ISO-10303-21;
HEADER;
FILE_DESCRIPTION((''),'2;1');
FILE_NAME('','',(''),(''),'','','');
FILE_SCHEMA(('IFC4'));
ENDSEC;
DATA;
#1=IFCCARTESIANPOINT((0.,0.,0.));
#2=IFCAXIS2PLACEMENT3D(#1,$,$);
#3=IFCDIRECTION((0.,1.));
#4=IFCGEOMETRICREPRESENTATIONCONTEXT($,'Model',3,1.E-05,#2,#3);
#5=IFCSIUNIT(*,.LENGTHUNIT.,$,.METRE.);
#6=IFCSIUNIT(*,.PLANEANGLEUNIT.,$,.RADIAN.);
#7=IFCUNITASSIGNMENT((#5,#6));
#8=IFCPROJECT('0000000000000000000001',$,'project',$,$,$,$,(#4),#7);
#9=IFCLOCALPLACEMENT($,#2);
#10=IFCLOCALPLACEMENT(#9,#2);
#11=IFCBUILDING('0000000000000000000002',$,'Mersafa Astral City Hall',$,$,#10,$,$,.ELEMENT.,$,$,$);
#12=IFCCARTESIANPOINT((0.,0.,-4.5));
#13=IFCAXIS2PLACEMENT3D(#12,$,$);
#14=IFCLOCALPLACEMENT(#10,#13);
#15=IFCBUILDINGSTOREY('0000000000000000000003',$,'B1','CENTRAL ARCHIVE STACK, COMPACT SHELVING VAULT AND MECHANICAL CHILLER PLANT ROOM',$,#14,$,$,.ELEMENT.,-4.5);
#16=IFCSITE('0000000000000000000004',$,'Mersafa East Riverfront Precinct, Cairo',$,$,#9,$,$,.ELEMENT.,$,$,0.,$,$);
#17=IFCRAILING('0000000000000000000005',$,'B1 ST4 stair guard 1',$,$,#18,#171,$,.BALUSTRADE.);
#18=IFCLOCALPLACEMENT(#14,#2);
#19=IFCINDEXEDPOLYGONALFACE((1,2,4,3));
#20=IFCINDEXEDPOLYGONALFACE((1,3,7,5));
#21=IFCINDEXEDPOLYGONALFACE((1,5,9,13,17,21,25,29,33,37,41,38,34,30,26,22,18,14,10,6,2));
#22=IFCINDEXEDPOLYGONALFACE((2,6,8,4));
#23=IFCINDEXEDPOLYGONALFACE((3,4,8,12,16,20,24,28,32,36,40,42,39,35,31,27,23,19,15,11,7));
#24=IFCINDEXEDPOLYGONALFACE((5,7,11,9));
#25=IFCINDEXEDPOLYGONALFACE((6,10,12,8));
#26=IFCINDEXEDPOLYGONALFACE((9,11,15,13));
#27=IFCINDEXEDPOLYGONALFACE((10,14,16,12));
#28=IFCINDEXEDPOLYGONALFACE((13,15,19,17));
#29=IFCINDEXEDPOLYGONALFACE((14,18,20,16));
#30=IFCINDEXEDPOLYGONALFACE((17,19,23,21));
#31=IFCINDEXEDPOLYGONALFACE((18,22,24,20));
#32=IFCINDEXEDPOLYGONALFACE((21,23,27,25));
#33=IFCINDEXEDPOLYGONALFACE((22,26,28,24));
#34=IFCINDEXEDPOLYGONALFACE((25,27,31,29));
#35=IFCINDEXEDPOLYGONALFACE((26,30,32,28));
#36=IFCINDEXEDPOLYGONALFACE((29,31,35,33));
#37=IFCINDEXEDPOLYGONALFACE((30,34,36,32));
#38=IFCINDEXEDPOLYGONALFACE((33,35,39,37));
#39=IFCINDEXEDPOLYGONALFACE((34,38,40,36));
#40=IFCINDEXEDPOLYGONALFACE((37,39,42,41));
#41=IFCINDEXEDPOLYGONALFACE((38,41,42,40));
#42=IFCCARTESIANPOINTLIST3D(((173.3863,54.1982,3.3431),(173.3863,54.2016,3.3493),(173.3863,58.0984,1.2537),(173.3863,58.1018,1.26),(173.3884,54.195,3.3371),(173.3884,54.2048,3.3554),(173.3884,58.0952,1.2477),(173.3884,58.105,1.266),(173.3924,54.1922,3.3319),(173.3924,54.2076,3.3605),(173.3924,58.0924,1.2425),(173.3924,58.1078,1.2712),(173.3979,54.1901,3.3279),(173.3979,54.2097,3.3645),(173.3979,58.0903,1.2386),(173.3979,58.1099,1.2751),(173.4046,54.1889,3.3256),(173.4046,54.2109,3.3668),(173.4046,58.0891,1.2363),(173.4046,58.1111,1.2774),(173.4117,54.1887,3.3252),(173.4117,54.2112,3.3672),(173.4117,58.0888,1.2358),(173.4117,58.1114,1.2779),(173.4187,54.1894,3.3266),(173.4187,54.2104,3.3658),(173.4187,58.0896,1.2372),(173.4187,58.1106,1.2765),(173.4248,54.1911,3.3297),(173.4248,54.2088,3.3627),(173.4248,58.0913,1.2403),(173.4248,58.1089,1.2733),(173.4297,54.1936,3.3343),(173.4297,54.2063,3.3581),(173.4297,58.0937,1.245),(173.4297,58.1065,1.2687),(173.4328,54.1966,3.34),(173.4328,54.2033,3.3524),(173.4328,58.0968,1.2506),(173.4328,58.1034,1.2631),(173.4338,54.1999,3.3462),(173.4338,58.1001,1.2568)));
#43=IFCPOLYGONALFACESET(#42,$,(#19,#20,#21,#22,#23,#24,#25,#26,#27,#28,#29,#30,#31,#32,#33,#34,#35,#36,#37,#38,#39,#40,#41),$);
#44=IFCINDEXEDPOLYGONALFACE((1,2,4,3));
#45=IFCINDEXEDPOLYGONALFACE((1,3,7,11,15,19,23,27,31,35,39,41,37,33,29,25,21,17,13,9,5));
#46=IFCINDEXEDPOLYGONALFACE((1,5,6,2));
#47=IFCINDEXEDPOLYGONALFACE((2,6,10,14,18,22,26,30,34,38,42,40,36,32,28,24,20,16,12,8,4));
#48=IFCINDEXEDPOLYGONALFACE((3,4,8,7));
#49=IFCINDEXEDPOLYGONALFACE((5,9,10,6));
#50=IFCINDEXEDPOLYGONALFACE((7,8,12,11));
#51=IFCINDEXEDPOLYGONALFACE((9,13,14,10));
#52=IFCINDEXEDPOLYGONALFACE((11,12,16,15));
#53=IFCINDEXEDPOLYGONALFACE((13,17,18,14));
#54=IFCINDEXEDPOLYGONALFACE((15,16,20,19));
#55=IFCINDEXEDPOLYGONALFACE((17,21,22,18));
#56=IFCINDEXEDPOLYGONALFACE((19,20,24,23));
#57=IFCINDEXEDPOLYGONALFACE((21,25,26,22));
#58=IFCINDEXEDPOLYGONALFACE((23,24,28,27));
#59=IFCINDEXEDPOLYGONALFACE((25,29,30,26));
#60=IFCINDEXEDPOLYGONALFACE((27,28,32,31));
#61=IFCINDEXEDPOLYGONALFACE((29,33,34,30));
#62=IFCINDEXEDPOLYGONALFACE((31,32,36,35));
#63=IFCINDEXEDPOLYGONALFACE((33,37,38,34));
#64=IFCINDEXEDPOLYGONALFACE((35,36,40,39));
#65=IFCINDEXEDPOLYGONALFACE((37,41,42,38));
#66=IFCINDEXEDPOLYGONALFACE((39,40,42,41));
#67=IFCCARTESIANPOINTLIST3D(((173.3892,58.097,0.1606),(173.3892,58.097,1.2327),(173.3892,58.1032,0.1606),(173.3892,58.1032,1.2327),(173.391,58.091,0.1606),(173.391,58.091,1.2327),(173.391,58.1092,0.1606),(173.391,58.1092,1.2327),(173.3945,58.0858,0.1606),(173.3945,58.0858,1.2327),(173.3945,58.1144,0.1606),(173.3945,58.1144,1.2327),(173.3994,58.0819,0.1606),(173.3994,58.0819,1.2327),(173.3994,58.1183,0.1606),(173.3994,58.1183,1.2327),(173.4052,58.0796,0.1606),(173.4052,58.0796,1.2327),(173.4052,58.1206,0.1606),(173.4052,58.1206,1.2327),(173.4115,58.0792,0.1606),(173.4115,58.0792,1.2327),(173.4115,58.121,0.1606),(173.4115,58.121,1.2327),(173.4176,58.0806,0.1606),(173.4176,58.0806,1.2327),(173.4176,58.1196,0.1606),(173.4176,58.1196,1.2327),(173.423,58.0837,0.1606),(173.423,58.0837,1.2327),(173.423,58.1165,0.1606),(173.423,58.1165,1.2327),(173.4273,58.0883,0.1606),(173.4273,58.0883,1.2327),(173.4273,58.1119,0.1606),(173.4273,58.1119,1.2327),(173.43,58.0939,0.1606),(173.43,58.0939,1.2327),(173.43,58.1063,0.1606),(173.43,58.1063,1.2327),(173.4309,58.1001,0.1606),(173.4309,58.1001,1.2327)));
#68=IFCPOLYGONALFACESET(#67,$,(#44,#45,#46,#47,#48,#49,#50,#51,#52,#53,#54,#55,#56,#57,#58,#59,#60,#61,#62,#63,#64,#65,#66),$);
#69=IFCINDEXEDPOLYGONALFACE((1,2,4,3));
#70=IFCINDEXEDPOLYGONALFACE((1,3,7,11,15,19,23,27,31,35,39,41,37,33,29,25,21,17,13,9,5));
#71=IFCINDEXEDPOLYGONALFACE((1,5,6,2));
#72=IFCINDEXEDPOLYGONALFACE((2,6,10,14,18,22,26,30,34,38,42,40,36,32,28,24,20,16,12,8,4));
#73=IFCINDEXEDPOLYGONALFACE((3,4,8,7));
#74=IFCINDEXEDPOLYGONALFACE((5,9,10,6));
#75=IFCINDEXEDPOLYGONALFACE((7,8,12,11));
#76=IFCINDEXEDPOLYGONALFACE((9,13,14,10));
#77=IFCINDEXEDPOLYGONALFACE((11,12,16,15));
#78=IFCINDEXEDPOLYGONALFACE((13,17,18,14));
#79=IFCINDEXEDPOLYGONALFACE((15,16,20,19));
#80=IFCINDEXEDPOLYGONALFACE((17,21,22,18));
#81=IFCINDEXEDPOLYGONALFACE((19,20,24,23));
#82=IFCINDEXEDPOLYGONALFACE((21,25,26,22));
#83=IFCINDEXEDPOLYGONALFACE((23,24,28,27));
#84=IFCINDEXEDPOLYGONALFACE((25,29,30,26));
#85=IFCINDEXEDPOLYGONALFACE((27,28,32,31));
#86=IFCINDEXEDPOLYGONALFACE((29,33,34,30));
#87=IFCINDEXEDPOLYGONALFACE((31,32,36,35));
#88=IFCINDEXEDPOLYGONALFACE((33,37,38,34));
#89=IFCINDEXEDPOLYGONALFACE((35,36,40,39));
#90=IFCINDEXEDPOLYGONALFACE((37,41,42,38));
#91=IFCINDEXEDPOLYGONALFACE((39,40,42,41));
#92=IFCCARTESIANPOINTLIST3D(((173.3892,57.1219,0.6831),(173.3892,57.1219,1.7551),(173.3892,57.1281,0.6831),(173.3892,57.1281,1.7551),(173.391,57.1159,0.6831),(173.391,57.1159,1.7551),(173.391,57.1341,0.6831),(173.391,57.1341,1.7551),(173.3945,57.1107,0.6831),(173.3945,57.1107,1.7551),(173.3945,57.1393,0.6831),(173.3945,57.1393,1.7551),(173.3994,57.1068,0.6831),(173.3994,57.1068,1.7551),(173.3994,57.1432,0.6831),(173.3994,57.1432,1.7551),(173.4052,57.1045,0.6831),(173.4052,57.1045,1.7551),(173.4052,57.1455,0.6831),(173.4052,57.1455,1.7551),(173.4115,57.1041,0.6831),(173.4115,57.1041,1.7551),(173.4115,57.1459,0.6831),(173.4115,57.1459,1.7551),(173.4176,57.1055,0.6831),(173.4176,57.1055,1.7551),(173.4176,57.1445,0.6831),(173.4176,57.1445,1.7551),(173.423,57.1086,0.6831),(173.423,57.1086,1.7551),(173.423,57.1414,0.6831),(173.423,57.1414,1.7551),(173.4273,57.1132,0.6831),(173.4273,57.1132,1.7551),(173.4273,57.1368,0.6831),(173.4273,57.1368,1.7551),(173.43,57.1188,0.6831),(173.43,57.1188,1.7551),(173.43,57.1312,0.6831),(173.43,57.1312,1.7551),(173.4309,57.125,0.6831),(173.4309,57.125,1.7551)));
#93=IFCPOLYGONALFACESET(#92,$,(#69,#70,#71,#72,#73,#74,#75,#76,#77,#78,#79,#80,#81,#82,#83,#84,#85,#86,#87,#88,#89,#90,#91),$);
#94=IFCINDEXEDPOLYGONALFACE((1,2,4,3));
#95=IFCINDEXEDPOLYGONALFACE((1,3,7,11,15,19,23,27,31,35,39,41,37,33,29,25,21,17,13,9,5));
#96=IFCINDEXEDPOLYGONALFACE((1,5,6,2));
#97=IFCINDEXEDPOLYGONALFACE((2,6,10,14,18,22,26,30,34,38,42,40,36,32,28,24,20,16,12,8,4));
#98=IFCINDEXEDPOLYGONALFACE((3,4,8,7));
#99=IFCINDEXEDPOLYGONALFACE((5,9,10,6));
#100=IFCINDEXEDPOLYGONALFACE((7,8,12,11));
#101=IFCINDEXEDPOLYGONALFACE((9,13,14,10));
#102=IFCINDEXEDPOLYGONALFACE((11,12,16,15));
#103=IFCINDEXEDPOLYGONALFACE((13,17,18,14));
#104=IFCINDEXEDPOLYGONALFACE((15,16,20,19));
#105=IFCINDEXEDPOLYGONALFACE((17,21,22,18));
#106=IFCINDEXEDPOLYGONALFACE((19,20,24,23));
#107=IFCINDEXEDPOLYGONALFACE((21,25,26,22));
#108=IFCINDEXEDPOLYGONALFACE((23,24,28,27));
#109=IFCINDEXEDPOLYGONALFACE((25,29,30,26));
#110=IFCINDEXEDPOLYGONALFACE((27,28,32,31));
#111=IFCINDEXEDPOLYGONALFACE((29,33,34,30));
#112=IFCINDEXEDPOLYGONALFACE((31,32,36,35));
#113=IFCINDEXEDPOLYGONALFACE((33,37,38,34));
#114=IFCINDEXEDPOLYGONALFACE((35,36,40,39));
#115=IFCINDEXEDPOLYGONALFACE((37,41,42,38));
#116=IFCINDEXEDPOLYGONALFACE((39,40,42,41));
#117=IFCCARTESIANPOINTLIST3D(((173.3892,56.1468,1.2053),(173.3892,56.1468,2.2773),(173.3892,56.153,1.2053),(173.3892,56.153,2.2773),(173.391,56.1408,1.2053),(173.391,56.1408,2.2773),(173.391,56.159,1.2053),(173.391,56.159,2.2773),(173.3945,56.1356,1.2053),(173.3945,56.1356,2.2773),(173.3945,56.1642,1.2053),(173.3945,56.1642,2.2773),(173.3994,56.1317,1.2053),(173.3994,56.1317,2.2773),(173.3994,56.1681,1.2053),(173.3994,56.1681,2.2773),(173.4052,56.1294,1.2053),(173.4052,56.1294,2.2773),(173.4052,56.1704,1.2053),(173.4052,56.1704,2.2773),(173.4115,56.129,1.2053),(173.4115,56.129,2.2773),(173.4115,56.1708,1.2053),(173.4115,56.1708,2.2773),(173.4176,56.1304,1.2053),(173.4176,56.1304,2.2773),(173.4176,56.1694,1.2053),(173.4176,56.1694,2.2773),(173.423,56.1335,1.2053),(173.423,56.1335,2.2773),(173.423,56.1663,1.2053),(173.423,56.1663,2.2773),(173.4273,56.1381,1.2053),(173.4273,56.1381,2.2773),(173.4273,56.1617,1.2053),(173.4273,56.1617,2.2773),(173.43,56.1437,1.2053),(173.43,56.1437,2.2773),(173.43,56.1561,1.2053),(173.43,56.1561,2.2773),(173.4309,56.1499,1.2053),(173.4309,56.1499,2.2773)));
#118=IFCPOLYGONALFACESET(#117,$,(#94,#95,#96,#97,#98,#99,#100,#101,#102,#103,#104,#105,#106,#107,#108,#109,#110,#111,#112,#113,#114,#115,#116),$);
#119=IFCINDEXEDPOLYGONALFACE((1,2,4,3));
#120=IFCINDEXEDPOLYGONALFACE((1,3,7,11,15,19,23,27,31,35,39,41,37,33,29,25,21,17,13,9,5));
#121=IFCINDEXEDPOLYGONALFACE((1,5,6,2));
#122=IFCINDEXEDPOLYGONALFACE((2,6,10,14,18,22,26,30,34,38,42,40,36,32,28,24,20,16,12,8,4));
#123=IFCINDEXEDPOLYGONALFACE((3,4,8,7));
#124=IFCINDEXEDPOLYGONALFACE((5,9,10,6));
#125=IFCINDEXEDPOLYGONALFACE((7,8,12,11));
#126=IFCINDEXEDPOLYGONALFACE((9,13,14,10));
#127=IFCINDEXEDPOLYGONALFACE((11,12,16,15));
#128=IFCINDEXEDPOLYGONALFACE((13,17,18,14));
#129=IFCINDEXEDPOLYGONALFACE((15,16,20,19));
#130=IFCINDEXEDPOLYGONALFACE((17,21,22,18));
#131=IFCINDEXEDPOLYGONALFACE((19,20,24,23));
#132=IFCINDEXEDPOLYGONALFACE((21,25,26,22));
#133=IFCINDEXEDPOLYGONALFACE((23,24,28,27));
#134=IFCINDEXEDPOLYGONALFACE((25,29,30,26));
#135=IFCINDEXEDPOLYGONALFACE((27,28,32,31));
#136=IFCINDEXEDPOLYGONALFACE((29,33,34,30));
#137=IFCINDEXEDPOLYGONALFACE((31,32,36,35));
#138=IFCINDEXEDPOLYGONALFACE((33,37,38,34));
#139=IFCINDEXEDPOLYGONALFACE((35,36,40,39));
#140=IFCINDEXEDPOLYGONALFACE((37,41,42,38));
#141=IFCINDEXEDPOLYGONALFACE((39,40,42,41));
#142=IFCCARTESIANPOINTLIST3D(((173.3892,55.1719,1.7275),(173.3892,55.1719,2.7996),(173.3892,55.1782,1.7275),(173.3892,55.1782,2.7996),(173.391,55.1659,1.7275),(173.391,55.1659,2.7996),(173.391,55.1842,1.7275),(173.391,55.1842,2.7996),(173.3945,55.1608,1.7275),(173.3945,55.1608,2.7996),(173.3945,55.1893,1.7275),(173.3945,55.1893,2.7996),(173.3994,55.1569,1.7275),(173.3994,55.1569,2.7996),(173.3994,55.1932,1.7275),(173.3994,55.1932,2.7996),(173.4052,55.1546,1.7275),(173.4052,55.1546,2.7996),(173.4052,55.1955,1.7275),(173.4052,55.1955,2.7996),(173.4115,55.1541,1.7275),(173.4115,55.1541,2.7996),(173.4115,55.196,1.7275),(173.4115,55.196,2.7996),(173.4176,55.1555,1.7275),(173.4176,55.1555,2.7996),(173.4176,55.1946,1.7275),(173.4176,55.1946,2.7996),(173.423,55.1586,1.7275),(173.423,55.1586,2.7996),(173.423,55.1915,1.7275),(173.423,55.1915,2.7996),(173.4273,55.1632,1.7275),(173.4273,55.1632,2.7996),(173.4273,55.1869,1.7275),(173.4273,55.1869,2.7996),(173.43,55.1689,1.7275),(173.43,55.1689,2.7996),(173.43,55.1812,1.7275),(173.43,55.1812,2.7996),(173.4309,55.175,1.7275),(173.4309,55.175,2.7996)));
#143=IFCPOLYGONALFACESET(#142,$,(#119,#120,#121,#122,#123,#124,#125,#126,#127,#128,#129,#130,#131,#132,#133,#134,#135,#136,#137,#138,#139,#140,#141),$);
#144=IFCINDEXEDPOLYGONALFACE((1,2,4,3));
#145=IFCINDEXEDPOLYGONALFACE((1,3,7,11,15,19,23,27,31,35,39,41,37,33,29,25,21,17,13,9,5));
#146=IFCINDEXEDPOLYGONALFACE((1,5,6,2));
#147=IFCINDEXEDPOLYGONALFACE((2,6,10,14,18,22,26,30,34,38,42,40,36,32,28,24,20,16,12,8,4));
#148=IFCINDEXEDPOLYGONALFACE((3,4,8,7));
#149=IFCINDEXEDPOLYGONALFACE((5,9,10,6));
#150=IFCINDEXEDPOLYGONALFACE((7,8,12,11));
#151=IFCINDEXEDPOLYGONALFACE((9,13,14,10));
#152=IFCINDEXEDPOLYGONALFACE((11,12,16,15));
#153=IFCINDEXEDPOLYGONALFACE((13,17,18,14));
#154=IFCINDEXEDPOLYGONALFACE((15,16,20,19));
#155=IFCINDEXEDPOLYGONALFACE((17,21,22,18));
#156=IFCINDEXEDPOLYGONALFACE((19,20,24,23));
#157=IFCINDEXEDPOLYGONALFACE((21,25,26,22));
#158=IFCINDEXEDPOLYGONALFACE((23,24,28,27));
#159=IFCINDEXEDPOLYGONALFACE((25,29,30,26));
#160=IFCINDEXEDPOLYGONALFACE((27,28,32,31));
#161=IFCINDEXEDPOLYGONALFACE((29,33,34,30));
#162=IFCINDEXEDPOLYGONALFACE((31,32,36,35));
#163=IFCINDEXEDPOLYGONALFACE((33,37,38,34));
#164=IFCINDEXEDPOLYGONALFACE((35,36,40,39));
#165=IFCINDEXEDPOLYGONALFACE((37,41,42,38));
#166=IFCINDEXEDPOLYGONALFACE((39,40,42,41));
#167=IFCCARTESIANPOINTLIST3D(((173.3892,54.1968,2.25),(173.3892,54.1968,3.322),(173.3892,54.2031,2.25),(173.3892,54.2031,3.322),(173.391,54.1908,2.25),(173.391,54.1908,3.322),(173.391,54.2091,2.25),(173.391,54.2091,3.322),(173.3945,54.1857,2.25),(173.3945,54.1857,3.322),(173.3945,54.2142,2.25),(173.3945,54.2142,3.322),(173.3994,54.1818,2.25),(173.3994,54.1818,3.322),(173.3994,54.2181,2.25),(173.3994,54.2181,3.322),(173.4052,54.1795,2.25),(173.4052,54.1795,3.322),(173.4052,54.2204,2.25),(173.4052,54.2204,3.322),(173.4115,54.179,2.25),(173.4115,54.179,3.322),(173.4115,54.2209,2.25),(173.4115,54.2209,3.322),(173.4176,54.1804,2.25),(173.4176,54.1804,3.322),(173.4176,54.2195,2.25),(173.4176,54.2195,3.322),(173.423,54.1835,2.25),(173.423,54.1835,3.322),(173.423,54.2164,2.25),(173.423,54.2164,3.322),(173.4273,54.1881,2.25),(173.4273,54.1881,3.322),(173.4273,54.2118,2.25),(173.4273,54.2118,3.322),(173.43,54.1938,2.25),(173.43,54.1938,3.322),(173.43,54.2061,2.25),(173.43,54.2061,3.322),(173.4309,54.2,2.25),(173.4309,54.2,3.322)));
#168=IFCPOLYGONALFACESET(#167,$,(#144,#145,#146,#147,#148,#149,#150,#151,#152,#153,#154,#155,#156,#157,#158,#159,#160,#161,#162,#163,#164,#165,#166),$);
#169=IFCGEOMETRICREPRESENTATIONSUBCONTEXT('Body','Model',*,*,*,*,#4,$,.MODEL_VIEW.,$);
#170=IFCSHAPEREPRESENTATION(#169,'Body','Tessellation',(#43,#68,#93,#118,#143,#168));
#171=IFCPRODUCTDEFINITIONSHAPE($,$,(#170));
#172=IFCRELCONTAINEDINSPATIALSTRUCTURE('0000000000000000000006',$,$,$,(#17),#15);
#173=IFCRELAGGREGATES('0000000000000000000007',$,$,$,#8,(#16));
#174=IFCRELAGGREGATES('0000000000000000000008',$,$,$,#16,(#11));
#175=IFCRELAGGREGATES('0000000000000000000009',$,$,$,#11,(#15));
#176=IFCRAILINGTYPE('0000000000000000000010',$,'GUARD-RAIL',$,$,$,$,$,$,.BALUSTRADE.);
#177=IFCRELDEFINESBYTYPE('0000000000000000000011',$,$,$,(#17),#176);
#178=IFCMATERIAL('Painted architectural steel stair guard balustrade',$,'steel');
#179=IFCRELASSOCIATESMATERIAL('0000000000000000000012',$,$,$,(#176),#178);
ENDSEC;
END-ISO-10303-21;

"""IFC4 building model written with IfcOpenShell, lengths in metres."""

from ifc_helpers import new_model, si_unit, direction, frame, origin, origin_2d, place, context, subcontext, project, spatial, circle, extrude, material, type_object, element, save


model = new_model("IFC4")

# Units and contexts
model_context = context("Model", 3, precision=1e-05, world=origin(), true_north=direction((0.0, 1.0)))
body_context = subcontext(model_context, "Body", "Model", "MODEL_VIEW")
ifc_project = project(units=[si_unit("LENGTHUNIT", "METRE"), si_unit("PLANEANGLEUNIT", "RADIAN")], contexts=[model_context])

# Site, building, storey
site_placement = place(None, origin())
site = spatial("IfcSite", under=ifc_project, at=site_placement, Name="Mersafa East Riverfront Precinct, Cairo", CompositionType="ELEMENT", RefElevation=0.0)
building_placement = place(site_placement, origin())
building = spatial("IfcBuilding", under=site, at=building_placement, Name="Mersafa Astral City Hall", CompositionType="ELEMENT")
storey_placement = place(building_placement, frame((0.0, 0.0, -4.5)))
storey = spatial("IfcBuildingStorey", under=building, at=storey_placement, Name="B1", Description="CENTRAL ARCHIVE STACK, COMPACT SHELVING VAULT AND MECHANICAL CHILLER PLANT ROOM", CompositionType="ELEMENT", Elevation=-4.5)

# Railing
ifc_material_1 = material(Name="Painted architectural steel stair guard balustrade", Category="steel")
railing_type_1 = type_object("IfcRailingType", Name="GUARD-RAIL", PredefinedType="BALUSTRADE", material=ifc_material_1)
railing_1_placement = place(storey_placement, frame((173.4099, 58.1001, 0.1606)))
element("IfcRailing", 1, at=railing_1_placement, inside=storey, type_object=railing_type_1, Name="B1 ST4 stair guard 1", PredefinedType="BALUSTRADE", context=body_context, shape_type="SweptSolid", body=[
    extrude(circle(Radius=0.0239, at=origin_2d()), frame((0.0, 0.0, 1.0962), z_axis=(0.0, -0.881481, 0.47222), x_axis=(1.0, 0.0, 0.0)), (0.0, 0.0, 1.0), 4.4246),
    extrude(circle(Radius=0.021, at=origin_2d()), origin(), (0.0, 0.0, 1.0), 1.072),
    extrude(circle(Radius=0.021, at=origin_2d()), frame((0.0, -0.9751, 0.5225)), (0.0, 0.0, 1.0), 1.072),
    extrude(circle(Radius=0.021, at=origin_2d()), frame((0.0, -1.9502, 1.0447)), (0.0, 0.0, 1.0), 1.072),
    extrude(circle(Radius=0.021, at=origin_2d()), frame((0.0, -2.925, 1.5669)), (0.0, 0.0, 1.0), 1.072),
    extrude(circle(Radius=0.021, at=origin_2d()), frame((0.0, -3.9001, 2.0894)), (0.0, 0.0, 1.0), 1.072),
])

save(model, "model.ifc")
